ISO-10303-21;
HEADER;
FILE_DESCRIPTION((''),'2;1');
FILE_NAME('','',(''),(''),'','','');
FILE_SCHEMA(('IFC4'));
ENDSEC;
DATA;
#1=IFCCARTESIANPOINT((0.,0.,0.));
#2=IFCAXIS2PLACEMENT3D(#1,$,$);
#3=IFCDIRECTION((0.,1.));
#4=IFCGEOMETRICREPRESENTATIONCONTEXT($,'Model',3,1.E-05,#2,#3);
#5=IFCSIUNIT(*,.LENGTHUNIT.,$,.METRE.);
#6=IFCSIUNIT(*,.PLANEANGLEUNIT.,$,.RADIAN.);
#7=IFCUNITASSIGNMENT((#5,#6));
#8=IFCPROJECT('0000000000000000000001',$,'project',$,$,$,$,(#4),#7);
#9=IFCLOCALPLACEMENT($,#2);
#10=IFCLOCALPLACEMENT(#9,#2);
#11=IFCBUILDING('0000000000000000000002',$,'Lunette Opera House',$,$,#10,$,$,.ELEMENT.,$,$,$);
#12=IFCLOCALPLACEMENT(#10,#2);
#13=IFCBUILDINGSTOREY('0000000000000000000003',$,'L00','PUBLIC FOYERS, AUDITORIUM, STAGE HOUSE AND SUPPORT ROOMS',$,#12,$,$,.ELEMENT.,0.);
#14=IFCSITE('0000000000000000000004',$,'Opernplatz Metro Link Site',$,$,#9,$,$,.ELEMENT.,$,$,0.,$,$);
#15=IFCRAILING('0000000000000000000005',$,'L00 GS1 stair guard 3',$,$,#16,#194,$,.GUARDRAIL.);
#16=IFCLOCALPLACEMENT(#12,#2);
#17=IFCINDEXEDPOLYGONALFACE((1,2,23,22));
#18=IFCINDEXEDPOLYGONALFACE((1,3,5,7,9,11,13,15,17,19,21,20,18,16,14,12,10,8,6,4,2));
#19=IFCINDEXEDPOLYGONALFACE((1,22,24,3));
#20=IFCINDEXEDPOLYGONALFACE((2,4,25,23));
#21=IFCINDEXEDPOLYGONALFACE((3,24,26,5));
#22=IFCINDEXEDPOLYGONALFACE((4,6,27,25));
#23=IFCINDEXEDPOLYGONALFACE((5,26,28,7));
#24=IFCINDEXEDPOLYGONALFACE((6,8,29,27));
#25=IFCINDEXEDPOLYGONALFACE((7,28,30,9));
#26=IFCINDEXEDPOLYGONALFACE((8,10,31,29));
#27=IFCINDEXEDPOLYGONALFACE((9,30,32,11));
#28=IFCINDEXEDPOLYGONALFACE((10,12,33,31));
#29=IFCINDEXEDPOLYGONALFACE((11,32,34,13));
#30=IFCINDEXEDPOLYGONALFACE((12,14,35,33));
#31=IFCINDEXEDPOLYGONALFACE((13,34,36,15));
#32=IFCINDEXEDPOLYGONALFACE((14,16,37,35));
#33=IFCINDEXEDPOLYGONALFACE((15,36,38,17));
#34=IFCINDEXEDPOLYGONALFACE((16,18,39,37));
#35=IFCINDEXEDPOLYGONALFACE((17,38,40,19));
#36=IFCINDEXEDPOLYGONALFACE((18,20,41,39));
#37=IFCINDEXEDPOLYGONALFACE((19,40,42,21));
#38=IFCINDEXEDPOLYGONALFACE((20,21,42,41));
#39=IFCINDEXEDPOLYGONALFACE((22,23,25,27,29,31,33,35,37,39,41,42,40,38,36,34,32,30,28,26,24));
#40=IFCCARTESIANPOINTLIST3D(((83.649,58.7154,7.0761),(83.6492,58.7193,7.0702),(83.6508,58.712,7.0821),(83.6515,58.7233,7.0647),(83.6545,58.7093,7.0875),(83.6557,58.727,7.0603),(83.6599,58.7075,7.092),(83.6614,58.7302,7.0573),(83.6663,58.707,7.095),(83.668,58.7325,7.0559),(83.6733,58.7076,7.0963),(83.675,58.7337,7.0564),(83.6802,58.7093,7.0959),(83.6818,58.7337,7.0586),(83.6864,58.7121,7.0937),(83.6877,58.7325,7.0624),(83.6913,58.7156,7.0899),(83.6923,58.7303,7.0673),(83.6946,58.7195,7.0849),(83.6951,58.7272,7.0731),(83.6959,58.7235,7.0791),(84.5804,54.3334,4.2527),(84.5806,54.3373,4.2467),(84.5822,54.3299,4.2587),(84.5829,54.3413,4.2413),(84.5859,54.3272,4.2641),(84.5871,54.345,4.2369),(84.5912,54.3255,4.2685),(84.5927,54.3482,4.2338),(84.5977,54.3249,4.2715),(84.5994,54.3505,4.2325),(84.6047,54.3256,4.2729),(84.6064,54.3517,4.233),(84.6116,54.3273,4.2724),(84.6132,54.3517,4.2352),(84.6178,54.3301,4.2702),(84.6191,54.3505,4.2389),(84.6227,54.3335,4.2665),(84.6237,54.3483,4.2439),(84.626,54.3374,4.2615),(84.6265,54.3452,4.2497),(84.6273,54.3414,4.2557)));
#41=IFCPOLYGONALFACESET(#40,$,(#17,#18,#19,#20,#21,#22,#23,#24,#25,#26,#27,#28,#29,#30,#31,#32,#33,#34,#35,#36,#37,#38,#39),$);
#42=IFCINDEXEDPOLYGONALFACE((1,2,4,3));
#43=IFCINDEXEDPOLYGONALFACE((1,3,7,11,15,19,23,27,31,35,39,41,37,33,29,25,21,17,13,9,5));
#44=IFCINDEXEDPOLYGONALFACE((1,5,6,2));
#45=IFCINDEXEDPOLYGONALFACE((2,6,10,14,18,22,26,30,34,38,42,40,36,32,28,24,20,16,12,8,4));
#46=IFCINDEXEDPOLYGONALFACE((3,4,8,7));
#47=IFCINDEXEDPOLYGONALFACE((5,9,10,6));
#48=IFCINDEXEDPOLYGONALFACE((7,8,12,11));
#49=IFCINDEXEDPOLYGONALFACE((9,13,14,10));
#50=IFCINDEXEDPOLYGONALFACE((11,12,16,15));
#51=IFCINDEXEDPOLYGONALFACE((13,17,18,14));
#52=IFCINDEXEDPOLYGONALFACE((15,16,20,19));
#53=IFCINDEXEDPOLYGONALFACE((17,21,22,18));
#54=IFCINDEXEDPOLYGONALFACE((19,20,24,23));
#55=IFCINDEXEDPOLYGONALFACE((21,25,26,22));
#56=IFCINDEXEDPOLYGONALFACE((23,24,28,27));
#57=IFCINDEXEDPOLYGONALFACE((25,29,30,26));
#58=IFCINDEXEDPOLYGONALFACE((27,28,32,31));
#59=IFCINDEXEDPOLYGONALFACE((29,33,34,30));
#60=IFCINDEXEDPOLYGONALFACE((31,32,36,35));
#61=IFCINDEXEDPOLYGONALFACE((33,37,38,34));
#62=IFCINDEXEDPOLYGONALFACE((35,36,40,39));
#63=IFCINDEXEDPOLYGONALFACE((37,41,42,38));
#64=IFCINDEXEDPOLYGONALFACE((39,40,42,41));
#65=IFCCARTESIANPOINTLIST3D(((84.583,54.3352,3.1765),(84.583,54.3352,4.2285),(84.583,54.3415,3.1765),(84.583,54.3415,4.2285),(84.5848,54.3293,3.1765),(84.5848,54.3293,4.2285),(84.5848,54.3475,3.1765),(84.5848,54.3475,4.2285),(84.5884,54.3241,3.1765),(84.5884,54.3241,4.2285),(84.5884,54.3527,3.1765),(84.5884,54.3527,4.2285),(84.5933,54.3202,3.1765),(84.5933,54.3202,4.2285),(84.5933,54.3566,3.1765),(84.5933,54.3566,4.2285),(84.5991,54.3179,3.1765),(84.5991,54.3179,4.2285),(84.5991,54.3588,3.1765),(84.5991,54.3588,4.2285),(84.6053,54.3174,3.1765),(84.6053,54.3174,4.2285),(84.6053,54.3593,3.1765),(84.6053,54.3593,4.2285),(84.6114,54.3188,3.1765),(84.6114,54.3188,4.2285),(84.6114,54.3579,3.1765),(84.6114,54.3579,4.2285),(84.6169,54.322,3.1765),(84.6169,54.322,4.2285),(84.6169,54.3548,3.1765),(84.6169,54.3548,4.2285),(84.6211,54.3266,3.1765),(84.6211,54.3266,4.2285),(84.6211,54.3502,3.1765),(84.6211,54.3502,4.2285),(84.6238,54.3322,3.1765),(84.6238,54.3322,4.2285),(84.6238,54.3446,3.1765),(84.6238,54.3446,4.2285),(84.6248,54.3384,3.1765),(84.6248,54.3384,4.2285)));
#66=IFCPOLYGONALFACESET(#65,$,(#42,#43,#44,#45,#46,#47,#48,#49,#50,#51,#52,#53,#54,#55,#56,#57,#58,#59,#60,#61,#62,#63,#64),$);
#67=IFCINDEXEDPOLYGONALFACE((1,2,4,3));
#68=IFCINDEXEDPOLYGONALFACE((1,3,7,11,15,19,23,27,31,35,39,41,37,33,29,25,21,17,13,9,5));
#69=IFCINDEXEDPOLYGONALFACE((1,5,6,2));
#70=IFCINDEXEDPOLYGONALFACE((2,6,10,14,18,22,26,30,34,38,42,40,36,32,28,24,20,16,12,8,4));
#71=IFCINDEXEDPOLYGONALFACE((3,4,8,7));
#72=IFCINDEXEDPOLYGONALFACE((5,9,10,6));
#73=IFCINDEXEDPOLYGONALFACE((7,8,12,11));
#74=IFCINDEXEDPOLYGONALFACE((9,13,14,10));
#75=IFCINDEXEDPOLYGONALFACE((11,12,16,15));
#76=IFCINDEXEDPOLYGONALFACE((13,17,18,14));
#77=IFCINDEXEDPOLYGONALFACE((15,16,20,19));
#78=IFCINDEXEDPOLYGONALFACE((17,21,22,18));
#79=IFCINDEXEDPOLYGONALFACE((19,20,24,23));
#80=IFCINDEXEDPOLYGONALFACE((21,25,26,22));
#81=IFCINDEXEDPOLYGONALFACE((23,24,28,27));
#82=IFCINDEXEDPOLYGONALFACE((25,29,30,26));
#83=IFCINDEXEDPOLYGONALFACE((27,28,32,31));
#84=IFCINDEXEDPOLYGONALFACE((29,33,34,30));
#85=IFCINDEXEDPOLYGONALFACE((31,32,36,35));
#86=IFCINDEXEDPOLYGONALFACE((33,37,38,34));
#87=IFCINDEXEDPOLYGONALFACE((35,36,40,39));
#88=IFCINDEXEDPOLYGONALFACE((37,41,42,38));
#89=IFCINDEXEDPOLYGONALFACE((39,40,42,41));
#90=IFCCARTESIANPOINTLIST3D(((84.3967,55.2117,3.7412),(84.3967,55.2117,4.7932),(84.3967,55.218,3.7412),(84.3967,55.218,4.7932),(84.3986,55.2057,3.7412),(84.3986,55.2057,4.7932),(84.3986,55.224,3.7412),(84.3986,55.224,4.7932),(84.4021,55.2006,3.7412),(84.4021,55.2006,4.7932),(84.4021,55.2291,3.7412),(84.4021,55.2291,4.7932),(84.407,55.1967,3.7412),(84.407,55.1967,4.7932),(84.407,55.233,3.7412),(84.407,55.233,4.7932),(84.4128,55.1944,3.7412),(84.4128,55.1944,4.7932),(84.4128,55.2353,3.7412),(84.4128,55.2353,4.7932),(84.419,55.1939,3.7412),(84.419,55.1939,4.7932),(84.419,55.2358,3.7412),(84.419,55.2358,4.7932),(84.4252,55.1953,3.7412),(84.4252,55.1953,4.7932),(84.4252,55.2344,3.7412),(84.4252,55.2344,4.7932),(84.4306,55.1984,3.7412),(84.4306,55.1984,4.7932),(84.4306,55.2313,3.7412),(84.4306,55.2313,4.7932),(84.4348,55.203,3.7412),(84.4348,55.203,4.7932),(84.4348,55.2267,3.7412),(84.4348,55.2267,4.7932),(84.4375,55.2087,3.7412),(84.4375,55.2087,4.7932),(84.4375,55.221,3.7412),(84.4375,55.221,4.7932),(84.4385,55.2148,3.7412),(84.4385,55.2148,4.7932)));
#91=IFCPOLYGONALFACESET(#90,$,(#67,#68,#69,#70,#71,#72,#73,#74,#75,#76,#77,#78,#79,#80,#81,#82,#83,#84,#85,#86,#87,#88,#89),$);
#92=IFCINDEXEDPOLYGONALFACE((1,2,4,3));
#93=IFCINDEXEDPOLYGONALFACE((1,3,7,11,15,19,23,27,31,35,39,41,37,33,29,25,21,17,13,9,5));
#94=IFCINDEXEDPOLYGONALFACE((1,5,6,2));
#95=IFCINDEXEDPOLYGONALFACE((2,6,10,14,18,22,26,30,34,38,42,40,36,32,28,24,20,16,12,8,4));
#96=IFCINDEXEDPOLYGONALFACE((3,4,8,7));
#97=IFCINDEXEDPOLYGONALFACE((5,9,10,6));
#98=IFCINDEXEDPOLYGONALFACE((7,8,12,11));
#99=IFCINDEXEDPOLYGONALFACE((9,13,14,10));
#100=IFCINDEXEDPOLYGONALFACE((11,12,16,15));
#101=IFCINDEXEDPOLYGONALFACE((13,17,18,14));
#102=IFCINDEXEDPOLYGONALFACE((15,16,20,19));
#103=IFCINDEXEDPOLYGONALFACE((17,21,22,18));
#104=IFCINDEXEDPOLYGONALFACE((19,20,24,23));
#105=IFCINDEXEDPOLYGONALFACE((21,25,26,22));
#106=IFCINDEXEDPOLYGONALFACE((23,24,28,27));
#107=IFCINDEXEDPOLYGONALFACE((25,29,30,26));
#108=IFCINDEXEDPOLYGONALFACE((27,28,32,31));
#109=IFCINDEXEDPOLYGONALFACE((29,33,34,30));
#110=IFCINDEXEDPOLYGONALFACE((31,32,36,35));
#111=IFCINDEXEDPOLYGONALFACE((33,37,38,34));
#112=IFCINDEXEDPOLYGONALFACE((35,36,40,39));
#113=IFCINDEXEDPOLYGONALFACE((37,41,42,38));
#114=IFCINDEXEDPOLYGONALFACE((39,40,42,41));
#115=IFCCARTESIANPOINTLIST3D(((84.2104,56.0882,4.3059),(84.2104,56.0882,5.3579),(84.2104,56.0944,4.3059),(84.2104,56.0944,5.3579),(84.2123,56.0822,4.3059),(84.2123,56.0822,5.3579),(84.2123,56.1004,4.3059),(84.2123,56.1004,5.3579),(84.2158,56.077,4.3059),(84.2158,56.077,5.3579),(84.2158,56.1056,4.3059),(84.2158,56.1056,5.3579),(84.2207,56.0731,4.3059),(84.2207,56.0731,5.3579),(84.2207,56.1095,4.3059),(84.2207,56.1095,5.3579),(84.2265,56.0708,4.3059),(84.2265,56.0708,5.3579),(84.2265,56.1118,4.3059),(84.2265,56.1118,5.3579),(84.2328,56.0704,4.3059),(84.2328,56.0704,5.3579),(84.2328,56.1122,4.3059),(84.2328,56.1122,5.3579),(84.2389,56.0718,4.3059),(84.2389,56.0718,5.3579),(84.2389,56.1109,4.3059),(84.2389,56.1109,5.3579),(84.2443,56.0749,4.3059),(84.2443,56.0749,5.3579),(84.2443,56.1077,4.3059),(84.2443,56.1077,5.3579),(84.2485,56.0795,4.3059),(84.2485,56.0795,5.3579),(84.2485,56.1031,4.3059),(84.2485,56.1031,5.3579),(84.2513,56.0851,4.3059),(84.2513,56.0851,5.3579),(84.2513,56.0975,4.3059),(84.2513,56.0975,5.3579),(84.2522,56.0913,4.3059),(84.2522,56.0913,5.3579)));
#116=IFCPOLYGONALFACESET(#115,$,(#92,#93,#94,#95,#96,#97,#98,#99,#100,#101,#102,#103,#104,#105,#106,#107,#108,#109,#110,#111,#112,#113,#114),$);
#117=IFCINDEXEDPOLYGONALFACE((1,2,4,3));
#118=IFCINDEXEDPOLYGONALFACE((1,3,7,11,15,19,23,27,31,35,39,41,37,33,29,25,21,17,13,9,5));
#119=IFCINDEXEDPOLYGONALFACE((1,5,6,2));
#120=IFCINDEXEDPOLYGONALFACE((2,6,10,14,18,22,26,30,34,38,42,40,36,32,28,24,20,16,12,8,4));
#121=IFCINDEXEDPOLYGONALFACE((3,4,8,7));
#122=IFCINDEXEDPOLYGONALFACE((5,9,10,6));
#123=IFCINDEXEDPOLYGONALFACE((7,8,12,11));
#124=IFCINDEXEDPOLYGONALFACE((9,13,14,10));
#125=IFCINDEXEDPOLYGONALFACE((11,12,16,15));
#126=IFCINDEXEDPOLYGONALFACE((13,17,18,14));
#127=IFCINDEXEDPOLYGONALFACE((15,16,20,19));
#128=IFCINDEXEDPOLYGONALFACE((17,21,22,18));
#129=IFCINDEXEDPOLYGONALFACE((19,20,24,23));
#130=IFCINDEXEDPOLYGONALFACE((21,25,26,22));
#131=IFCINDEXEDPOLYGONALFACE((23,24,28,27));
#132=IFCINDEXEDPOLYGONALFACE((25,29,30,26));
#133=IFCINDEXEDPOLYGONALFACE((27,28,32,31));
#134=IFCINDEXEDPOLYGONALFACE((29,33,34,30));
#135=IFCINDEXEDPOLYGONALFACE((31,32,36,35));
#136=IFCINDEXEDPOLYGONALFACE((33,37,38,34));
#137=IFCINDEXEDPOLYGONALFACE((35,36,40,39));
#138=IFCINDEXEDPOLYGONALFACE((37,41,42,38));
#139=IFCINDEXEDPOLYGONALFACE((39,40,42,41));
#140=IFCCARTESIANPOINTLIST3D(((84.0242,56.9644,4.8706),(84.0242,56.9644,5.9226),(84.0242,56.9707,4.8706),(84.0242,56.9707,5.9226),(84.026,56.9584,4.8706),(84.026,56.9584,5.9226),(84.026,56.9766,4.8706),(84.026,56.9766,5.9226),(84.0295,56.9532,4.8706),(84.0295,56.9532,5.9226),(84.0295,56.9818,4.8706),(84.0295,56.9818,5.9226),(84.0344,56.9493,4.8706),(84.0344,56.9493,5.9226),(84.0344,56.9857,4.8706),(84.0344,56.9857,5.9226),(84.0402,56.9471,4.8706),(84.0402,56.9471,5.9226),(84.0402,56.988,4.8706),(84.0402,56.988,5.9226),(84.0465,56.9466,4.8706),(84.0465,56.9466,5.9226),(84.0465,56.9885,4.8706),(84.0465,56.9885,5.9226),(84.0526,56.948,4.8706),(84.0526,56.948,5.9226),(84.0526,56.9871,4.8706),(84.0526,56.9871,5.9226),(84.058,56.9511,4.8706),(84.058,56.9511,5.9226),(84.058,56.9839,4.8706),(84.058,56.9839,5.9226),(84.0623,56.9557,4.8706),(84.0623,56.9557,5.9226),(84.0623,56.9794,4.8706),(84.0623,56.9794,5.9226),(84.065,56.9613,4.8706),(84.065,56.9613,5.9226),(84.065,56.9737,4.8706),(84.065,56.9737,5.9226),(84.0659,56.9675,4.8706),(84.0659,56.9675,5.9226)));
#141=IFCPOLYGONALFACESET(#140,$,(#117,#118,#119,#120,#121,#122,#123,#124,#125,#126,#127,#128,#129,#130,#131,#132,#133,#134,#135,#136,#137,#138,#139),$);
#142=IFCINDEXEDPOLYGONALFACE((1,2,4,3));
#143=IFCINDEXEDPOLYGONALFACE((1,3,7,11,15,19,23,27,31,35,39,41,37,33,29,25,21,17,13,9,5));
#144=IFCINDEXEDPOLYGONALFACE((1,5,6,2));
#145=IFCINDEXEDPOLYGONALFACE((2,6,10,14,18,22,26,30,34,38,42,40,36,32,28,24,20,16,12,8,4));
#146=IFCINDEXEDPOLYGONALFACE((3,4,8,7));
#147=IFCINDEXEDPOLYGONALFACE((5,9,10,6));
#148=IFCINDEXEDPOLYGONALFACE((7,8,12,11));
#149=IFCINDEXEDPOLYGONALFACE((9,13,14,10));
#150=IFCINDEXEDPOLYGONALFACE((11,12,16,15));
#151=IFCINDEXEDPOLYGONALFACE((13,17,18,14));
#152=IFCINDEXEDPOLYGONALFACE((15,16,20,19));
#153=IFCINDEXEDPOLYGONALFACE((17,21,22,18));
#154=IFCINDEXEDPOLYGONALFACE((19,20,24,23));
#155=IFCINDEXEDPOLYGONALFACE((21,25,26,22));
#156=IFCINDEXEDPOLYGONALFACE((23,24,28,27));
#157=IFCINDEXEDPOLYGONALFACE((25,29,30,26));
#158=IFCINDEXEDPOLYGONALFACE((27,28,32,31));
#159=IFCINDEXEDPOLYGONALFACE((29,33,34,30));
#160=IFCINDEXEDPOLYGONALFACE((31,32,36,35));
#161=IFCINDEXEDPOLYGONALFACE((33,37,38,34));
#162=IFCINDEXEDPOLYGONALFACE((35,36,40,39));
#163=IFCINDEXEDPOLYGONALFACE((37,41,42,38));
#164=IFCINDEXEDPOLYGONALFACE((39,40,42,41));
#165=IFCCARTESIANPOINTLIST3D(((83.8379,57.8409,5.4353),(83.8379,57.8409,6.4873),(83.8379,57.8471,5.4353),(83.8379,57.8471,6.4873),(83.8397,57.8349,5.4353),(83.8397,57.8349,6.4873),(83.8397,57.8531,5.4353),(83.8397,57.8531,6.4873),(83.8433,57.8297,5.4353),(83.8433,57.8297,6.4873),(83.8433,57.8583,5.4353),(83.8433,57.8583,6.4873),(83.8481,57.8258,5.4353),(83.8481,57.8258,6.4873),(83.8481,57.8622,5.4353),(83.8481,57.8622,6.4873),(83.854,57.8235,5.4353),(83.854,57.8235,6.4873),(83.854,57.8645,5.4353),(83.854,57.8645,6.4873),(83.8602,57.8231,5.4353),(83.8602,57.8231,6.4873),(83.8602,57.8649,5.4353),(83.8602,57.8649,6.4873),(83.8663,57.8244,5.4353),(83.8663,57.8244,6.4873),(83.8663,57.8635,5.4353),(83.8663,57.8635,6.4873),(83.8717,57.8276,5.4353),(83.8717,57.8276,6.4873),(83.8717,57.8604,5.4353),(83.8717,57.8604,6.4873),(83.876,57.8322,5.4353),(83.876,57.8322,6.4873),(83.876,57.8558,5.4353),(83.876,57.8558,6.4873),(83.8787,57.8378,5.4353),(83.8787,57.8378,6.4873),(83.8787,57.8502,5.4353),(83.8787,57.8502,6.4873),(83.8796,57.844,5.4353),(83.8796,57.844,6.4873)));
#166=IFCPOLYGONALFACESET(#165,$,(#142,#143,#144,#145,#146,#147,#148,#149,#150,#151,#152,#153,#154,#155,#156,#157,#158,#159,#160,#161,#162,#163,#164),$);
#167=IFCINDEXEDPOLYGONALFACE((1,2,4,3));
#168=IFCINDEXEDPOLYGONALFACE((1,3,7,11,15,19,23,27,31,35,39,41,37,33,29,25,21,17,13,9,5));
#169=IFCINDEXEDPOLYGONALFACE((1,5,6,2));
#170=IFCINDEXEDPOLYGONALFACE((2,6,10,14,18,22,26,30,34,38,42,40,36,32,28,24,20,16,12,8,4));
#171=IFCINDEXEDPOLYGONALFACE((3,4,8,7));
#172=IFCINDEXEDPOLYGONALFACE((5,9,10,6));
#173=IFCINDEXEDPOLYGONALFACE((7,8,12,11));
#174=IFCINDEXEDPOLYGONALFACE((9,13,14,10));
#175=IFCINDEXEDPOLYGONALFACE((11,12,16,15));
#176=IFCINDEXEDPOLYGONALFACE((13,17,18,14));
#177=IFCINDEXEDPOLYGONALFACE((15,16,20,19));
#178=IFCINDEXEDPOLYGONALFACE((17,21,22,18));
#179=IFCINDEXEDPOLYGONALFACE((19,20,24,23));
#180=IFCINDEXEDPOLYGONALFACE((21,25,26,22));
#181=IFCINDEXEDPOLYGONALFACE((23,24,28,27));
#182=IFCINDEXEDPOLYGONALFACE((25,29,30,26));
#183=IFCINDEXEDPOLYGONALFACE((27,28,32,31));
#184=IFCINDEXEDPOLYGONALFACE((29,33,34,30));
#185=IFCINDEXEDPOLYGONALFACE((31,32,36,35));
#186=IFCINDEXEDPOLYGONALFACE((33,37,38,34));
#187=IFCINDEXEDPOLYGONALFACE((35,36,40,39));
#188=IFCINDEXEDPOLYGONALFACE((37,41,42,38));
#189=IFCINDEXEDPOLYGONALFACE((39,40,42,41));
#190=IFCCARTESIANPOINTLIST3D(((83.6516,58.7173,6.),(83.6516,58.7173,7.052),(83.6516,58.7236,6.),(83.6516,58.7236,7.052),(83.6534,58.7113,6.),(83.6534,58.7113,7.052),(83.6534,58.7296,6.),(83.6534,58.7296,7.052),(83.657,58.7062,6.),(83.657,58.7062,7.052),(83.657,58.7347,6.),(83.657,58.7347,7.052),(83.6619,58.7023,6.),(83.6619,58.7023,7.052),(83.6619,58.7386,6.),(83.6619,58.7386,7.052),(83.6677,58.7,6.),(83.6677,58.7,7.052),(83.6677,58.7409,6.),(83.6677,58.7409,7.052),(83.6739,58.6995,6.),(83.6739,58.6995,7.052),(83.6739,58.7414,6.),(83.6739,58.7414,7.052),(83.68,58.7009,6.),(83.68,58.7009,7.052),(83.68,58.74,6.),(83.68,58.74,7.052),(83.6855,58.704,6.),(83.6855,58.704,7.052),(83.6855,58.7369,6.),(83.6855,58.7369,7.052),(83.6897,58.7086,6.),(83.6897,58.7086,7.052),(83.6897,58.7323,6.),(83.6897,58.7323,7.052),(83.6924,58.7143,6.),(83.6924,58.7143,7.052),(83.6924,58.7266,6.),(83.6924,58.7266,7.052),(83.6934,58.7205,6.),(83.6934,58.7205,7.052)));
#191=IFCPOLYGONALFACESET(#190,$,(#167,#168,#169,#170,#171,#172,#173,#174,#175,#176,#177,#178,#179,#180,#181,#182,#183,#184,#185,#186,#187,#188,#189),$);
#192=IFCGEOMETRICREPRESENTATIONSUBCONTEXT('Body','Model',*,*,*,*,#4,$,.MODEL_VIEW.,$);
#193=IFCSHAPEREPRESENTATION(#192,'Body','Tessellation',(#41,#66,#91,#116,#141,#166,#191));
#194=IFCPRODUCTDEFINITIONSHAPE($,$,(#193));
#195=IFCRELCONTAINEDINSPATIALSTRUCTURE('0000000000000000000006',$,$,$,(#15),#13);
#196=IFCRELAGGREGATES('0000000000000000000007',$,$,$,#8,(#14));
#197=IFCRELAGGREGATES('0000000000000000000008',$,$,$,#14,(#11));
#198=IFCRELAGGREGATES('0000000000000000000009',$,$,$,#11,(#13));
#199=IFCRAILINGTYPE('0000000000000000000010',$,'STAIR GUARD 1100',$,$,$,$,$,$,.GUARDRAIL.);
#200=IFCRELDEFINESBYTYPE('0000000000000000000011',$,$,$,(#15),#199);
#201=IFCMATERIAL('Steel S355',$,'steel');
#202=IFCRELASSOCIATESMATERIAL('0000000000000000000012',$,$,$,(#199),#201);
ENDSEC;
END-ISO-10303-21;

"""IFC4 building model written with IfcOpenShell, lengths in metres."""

from ifc_helpers import new_model, si_unit, direction, frame, origin, origin_2d, place, context, subcontext, project, spatial, circle, extrude, material, type_object, element, save


model = new_model("IFC4")

# Units and contexts
model_context = context("Model", 3, precision=1e-05, world=origin(), true_north=direction((0.0, 1.0)))
body_context = subcontext(model_context, "Body", "Model", "MODEL_VIEW")
ifc_project = project(units=[si_unit("LENGTHUNIT", "METRE"), si_unit("PLANEANGLEUNIT", "RADIAN")], contexts=[model_context])

# Site, building, storey
site_placement = place(None, origin())
site = spatial("IfcSite", under=ifc_project, at=site_placement, Name="Opernplatz Metro Link Site", CompositionType="ELEMENT", RefElevation=0.0)
building_placement = place(site_placement, origin())
building = spatial("IfcBuilding", under=site, at=building_placement, Name="Lunette Opera House", CompositionType="ELEMENT")
storey_placement = place(building_placement, origin())
storey = spatial("IfcBuildingStorey", under=building, at=storey_placement, Name="L00", Description="PUBLIC FOYERS, AUDITORIUM, STAGE HOUSE AND SUPPORT ROOMS", CompositionType="ELEMENT", Elevation=0.0)

# Railing
ifc_material_1 = material(Name="Steel S355", Category="steel")
railing_type_1 = type_object("IfcRailingType", Name="STAIR GUARD 1100", PredefinedType="GUARDRAIL", material=ifc_material_1)
railing_1_placement = place(storey_placement, frame((84.6038, 54.3384, 3.1765)))
element("IfcRailing", 1, at=railing_1_placement, inside=storey, type_object=railing_type_1, Name="L00 GS1 stair guard 3", PredefinedType="GUARDRAIL", context=body_context, shape_type="SweptSolid", body=[
    extrude(circle(Radius=0.0239, at=origin_2d()), frame((0.0, 0.0, 1.0762), z_axis=(-0.175885, 0.827512, 0.533187), x_axis=(-0.97815, -0.207902, 0.0)), (0.0, 0.0, 1.0), 5.2954),
    extrude(circle(Radius=0.021, at=origin_2d()), origin(), (0.0, 0.0, 1.0), 1.052),
    extrude(circle(Radius=0.021, at=origin_2d()), frame((-0.1863, 0.8765, 0.5647)), (0.0, 0.0, 1.0), 1.052),
    extrude(circle(Radius=0.021, at=origin_2d()), frame((-0.3726, 1.7529, 1.1294)), (0.0, 0.0, 1.0), 1.052),
    extrude(circle(Radius=0.021, at=origin_2d()), frame((-0.5588, 2.6292, 1.6941)), (0.0, 0.0, 1.0), 1.052),
    extrude(circle(Radius=0.021, at=origin_2d()), frame((-0.7451, 3.5056, 2.2588)), (0.0, 0.0, 1.0), 1.052),
    extrude(circle(Radius=0.021, at=origin_2d()), frame((-0.9314, 4.3821, 2.8235)), (0.0, 0.0, 1.0), 1.052),
])

save(model, "model.ifc")
